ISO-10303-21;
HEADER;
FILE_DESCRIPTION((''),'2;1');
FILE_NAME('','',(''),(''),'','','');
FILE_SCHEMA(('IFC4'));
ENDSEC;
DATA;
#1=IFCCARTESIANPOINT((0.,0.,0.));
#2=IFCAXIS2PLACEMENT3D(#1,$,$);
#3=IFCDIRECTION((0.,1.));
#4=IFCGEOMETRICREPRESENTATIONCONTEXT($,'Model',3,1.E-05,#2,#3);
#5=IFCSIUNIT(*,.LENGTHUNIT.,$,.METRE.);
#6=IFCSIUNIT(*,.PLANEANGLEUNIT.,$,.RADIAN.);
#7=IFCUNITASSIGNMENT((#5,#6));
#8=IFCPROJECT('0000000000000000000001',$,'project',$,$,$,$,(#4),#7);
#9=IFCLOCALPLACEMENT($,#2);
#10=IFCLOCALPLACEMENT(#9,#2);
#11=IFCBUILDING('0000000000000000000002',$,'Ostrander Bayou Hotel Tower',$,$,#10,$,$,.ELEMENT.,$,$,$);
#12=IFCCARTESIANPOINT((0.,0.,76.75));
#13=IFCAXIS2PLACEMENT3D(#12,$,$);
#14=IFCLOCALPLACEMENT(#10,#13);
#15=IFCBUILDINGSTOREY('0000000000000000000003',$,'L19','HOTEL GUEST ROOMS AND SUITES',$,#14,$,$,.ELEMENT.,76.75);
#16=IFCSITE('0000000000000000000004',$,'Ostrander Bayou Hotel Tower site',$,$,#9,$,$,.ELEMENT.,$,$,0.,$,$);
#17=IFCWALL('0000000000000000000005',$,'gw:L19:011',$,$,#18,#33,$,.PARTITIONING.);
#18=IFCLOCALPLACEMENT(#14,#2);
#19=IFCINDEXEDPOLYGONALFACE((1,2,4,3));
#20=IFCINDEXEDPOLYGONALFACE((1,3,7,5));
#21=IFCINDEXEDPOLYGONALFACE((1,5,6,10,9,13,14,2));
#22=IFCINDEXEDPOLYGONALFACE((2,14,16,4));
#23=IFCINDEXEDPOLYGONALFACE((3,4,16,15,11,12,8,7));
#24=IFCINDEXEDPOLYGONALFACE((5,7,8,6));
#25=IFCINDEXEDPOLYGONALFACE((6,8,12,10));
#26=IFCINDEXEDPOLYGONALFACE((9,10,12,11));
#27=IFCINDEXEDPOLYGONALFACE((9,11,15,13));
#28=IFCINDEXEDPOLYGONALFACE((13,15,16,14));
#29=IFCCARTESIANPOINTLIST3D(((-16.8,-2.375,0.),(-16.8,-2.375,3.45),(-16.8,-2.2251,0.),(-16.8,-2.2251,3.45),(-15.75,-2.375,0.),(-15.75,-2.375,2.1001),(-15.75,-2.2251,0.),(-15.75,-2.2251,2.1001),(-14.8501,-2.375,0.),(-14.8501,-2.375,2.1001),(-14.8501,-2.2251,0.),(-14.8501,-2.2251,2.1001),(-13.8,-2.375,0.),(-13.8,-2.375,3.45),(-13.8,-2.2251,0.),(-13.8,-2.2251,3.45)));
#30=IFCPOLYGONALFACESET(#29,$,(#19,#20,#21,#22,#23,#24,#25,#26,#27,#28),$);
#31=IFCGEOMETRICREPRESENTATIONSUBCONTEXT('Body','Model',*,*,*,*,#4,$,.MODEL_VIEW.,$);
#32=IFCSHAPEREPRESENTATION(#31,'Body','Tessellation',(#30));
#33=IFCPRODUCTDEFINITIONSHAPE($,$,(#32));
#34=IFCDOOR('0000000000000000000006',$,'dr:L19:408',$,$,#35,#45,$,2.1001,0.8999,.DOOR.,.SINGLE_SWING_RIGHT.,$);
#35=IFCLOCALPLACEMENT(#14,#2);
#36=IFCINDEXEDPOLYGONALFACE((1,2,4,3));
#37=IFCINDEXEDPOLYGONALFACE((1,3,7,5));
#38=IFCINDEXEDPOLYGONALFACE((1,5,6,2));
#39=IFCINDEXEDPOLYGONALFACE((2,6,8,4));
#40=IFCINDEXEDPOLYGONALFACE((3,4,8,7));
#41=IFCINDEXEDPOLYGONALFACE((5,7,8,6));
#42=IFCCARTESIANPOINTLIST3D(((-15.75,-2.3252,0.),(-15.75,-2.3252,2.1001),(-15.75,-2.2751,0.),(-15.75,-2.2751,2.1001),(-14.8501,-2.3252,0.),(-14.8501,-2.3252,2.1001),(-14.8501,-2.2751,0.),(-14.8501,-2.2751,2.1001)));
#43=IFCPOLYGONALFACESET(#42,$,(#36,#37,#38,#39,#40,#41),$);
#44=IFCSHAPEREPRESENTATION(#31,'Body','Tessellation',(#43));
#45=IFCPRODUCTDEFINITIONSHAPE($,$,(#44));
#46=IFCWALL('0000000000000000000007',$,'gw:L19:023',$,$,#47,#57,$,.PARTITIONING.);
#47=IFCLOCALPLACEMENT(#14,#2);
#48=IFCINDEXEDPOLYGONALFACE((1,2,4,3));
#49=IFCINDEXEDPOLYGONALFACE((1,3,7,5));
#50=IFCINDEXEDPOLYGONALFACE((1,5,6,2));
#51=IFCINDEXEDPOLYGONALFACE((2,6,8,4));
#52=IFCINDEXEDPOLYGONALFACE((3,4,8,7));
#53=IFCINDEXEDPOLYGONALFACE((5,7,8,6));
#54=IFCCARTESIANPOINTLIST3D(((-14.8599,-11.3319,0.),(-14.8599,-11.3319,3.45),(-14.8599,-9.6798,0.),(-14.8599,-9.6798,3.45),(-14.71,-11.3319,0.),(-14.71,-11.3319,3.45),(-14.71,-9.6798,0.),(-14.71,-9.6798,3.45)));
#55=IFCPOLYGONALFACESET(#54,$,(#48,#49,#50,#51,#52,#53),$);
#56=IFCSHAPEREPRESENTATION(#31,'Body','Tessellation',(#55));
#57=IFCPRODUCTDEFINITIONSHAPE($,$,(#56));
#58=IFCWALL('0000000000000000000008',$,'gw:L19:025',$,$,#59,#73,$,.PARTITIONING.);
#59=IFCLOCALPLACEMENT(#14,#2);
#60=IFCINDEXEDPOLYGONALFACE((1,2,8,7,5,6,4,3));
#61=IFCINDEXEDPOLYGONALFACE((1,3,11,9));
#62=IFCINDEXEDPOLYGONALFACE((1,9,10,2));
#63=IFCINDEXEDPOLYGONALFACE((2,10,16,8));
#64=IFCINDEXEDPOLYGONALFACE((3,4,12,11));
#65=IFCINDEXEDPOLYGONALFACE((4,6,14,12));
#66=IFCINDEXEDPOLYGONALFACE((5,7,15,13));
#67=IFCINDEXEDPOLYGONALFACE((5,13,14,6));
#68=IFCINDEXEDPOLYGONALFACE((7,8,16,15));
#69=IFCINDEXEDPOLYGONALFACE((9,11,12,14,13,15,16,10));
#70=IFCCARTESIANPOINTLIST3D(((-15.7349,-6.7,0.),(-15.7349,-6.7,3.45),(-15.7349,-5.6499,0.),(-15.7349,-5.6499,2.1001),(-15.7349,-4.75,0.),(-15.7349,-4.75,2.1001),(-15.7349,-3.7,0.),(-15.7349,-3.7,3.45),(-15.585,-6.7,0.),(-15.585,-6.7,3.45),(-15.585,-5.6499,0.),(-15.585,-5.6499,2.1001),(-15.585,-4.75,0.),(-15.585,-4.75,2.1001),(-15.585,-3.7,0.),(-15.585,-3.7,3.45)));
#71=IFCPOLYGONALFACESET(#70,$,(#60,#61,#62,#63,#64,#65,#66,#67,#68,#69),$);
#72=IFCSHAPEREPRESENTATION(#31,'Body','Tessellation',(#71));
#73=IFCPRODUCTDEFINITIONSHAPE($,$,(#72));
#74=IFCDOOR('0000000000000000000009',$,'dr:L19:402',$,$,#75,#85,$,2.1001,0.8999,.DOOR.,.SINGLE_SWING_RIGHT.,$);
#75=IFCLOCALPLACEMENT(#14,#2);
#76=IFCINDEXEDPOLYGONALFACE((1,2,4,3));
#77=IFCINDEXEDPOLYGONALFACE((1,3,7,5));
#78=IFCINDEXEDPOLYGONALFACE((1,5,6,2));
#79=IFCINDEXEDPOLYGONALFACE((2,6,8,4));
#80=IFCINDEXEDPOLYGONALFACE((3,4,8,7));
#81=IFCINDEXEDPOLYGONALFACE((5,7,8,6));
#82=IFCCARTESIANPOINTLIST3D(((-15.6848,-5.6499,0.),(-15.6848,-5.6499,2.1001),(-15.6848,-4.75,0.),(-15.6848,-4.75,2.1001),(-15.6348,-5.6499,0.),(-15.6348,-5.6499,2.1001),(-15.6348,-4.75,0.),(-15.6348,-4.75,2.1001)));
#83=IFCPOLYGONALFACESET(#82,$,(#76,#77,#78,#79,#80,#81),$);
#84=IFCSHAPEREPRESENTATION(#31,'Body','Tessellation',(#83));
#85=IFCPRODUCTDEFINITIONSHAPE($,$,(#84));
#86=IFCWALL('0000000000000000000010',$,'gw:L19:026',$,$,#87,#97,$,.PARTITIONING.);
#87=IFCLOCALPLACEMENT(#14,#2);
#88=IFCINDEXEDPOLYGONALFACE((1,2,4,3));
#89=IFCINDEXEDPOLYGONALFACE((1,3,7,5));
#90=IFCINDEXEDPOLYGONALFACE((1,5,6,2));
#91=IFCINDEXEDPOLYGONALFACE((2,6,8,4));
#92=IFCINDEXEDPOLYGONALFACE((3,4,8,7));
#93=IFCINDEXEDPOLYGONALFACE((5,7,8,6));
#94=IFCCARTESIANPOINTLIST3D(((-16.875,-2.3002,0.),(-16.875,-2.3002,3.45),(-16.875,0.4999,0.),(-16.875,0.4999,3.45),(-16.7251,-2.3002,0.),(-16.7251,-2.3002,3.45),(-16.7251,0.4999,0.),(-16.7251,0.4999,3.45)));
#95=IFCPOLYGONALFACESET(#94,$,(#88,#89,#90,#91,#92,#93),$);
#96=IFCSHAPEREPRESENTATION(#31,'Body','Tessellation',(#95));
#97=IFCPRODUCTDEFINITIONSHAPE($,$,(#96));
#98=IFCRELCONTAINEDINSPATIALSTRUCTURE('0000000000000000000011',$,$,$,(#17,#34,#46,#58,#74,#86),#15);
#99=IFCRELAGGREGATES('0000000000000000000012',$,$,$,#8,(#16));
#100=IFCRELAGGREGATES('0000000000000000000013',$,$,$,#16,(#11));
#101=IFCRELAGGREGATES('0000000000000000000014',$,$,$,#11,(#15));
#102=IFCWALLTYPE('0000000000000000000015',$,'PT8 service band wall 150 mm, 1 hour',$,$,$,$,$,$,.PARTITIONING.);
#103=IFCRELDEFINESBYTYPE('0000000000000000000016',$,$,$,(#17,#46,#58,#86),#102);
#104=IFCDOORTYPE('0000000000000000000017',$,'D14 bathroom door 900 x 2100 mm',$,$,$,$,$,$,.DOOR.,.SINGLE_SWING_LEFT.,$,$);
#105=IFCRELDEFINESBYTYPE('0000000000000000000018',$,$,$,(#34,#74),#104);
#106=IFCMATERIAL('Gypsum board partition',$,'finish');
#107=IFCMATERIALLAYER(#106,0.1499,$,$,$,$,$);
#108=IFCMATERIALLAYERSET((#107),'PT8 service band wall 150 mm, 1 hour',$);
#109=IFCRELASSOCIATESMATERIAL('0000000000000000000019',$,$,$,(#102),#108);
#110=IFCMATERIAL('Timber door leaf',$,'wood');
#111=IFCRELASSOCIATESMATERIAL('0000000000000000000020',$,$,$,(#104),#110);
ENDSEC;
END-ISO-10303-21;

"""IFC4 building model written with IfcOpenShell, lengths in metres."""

from ifc_helpers import new_model, si_unit, direction, frame, frame_2d, origin, place, context, subcontext, project, spatial, rectangle, extrude, material, layer, layer_set, type_object, element, fill, save


model = new_model("IFC4")

# Units and contexts
model_context = context("Model", 3, precision=1e-05, world=origin(), true_north=direction((0.0, 1.0)))
body_context = subcontext(model_context, "Body", "Model", "MODEL_VIEW")
ifc_project = project(units=[si_unit("LENGTHUNIT", "METRE"), si_unit("PLANEANGLEUNIT", "RADIAN")], contexts=[model_context])

# Site, building, storey
site_placement = place(None, origin())
site = spatial("IfcSite", under=ifc_project, at=site_placement, Name="Ostrander Bayou Hotel Tower site", CompositionType="ELEMENT", RefElevation=0.0)
building_placement = place(site_placement, origin())
building = spatial("IfcBuilding", under=site, at=building_placement, Name="Ostrander Bayou Hotel Tower", CompositionType="ELEMENT")
storey_placement = place(building_placement, frame((0.0, 0.0, 76.75)))
storey = spatial("IfcBuildingStorey", under=building, at=storey_placement, Name="L19", Description="HOTEL GUEST ROOMS AND SUITES", CompositionType="ELEMENT", Elevation=76.75)

# Shared definitions
ifc_material_1 = material(Name="Gypsum board partition", Category="finish")
ifc_layer_1 = layer(ifc_material_1, 0.1499)
ifc_layer_set_1 = layer_set([ifc_layer_1], Name="PT8 service band wall 150 mm, 1 hour")
wall_type_1 = type_object("IfcWallType", Name="PT8 service band wall 150 mm, 1 hour", PredefinedType="PARTITIONING", material=ifc_layer_set_1)

# Wall, opening, door
wall_1_placement = place(storey_placement, frame((-16.8, -2.3, 0.0), z_axis=(0.0, 0.0, 1.0), x_axis=(1.0, 0.0, 0.0)))
wall_1 = element("IfcWall", 1, at=wall_1_placement, inside=storey, type_object=wall_type_1, Name="gw:L19:011", PredefinedType="PARTITIONING", context=body_context, shape_type="SweptSolid", body=[
    extrude(rectangle(XDim=3.0, YDim=0.1499, at=frame_2d((1.5, 0.0))), origin(), (0.0, 0.0, 1.0), 3.45),
])
opening_1_placement = place(wall_1_placement, frame((1.05, 0.0, 0.0)))
opening_1 = element("IfcOpeningElement", 2, at=opening_1_placement, cuts=wall_1, PredefinedType="OPENING", context=body_context, shape_type="SweptSolid", body=[
    extrude(rectangle(XDim=0.8999, YDim=2.1001, at=frame_2d((0.45, 1.05))), frame((0.0, 0.075, 0.0), z_axis=(0.0, -1.0, 0.0), x_axis=(1.0, 0.0, 0.0)), (0.0, 0.0, 1.0), 0.1499),
])
ifc_material_2 = material(Name="Timber door leaf", Category="wood")
door_type_1 = type_object("IfcDoorType", Name="D14 bathroom door 900 x 2100 mm", OperationType="SINGLE_SWING_LEFT", PredefinedType="DOOR", material=ifc_material_2)
door_1_placement = place(opening_1_placement, origin())
door_1 = element("IfcDoor", 3, at=door_1_placement, inside=storey, type_object=door_type_1, Name="dr:L19:408", OperationType="SINGLE_SWING_RIGHT", OverallHeight=2.1001, OverallWidth=0.8999, PredefinedType="DOOR", context=body_context, shape_type="SweptSolid", body=[
    extrude(rectangle(XDim=0.8999, YDim=2.1001, at=frame_2d((0.45, 1.05))), frame((0.0, 0.0249, 0.0), z_axis=(0.0, -1.0, 0.0), x_axis=(1.0, 0.0, 0.0)), (0.0, 0.0, 1.0), 0.05),
])
fill(opening_1, door_1)

# Wall
wall_2_placement = place(storey_placement, frame((-14.7849, -11.332, 0.0), z_axis=(0.0, 0.0, 1.0), x_axis=(0.0, 1.0, 0.0)))
element("IfcWall", 4, at=wall_2_placement, inside=storey, type_object=wall_type_1, Name="gw:L19:023", PredefinedType="PARTITIONING", context=body_context, shape_type="SweptSolid", body=[
    extrude(rectangle(XDim=1.6521, YDim=0.1499, at=frame_2d((0.8262, 0.0))), origin(), (0.0, 0.0, 1.0), 3.45),
])

# Wall, opening, door
wall_3_placement = place(storey_placement, frame((-15.6599, -6.7, 0.0), z_axis=(0.0, 0.0, 1.0), x_axis=(0.0, 1.0, 0.0)))
wall_3 = element("IfcWall", 5, at=wall_3_placement, inside=storey, type_object=wall_type_1, Name="gw:L19:025", PredefinedType="PARTITIONING", context=body_context, shape_type="SweptSolid", body=[
    extrude(rectangle(XDim=3.0, YDim=0.1499, at=frame_2d((1.5, 0.0))), origin(), (0.0, 0.0, 1.0), 3.45),
])
opening_2_placement = place(wall_3_placement, frame((1.05, 0.0, 0.0)))
opening_2 = element("IfcOpeningElement", 6, at=opening_2_placement, cuts=wall_3, PredefinedType="OPENING", context=body_context, shape_type="SweptSolid", body=[
    extrude(rectangle(XDim=0.8999, YDim=2.1001, at=frame_2d((0.45, 1.05))), frame((0.0, 0.075, 0.0), z_axis=(0.0, -1.0, 0.0), x_axis=(1.0, 0.0, 0.0)), (0.0, 0.0, 1.0), 0.1499),
])
door_2_placement = place(opening_2_placement, origin())
door_2 = element("IfcDoor", 7, at=door_2_placement, inside=storey, type_object=door_type_1, Name="dr:L19:402", OperationType="SINGLE_SWING_RIGHT", OverallHeight=2.1001, OverallWidth=0.8999, PredefinedType="DOOR", context=body_context, shape_type="SweptSolid", body=[
    extrude(rectangle(XDim=0.8999, YDim=2.1001, at=frame_2d((0.45, 1.05))), frame((0.0, 0.0249, 0.0), z_axis=(0.0, -1.0, 0.0), x_axis=(1.0, 0.0, 0.0)), (0.0, 0.0, 1.0), 0.05),
])
fill(opening_2, door_2)

# Wall
wall_4_placement = place(storey_placement, frame((-16.8, -2.3, 0.0), z_axis=(0.0, 0.0, 1.0), x_axis=(0.0, 1.0, 0.0)))
element("IfcWall", 8, at=wall_4_placement, inside=storey, type_object=wall_type_1, Name="gw:L19:026", PredefinedType="PARTITIONING", context=body_context, shape_type="SweptSolid", body=[
    extrude(rectangle(XDim=2.8, YDim=0.1499, at=frame_2d((1.3999, 0.0))), origin(), (0.0, 0.0, 1.0), 3.45),
])

save(model, "model.ifc")
